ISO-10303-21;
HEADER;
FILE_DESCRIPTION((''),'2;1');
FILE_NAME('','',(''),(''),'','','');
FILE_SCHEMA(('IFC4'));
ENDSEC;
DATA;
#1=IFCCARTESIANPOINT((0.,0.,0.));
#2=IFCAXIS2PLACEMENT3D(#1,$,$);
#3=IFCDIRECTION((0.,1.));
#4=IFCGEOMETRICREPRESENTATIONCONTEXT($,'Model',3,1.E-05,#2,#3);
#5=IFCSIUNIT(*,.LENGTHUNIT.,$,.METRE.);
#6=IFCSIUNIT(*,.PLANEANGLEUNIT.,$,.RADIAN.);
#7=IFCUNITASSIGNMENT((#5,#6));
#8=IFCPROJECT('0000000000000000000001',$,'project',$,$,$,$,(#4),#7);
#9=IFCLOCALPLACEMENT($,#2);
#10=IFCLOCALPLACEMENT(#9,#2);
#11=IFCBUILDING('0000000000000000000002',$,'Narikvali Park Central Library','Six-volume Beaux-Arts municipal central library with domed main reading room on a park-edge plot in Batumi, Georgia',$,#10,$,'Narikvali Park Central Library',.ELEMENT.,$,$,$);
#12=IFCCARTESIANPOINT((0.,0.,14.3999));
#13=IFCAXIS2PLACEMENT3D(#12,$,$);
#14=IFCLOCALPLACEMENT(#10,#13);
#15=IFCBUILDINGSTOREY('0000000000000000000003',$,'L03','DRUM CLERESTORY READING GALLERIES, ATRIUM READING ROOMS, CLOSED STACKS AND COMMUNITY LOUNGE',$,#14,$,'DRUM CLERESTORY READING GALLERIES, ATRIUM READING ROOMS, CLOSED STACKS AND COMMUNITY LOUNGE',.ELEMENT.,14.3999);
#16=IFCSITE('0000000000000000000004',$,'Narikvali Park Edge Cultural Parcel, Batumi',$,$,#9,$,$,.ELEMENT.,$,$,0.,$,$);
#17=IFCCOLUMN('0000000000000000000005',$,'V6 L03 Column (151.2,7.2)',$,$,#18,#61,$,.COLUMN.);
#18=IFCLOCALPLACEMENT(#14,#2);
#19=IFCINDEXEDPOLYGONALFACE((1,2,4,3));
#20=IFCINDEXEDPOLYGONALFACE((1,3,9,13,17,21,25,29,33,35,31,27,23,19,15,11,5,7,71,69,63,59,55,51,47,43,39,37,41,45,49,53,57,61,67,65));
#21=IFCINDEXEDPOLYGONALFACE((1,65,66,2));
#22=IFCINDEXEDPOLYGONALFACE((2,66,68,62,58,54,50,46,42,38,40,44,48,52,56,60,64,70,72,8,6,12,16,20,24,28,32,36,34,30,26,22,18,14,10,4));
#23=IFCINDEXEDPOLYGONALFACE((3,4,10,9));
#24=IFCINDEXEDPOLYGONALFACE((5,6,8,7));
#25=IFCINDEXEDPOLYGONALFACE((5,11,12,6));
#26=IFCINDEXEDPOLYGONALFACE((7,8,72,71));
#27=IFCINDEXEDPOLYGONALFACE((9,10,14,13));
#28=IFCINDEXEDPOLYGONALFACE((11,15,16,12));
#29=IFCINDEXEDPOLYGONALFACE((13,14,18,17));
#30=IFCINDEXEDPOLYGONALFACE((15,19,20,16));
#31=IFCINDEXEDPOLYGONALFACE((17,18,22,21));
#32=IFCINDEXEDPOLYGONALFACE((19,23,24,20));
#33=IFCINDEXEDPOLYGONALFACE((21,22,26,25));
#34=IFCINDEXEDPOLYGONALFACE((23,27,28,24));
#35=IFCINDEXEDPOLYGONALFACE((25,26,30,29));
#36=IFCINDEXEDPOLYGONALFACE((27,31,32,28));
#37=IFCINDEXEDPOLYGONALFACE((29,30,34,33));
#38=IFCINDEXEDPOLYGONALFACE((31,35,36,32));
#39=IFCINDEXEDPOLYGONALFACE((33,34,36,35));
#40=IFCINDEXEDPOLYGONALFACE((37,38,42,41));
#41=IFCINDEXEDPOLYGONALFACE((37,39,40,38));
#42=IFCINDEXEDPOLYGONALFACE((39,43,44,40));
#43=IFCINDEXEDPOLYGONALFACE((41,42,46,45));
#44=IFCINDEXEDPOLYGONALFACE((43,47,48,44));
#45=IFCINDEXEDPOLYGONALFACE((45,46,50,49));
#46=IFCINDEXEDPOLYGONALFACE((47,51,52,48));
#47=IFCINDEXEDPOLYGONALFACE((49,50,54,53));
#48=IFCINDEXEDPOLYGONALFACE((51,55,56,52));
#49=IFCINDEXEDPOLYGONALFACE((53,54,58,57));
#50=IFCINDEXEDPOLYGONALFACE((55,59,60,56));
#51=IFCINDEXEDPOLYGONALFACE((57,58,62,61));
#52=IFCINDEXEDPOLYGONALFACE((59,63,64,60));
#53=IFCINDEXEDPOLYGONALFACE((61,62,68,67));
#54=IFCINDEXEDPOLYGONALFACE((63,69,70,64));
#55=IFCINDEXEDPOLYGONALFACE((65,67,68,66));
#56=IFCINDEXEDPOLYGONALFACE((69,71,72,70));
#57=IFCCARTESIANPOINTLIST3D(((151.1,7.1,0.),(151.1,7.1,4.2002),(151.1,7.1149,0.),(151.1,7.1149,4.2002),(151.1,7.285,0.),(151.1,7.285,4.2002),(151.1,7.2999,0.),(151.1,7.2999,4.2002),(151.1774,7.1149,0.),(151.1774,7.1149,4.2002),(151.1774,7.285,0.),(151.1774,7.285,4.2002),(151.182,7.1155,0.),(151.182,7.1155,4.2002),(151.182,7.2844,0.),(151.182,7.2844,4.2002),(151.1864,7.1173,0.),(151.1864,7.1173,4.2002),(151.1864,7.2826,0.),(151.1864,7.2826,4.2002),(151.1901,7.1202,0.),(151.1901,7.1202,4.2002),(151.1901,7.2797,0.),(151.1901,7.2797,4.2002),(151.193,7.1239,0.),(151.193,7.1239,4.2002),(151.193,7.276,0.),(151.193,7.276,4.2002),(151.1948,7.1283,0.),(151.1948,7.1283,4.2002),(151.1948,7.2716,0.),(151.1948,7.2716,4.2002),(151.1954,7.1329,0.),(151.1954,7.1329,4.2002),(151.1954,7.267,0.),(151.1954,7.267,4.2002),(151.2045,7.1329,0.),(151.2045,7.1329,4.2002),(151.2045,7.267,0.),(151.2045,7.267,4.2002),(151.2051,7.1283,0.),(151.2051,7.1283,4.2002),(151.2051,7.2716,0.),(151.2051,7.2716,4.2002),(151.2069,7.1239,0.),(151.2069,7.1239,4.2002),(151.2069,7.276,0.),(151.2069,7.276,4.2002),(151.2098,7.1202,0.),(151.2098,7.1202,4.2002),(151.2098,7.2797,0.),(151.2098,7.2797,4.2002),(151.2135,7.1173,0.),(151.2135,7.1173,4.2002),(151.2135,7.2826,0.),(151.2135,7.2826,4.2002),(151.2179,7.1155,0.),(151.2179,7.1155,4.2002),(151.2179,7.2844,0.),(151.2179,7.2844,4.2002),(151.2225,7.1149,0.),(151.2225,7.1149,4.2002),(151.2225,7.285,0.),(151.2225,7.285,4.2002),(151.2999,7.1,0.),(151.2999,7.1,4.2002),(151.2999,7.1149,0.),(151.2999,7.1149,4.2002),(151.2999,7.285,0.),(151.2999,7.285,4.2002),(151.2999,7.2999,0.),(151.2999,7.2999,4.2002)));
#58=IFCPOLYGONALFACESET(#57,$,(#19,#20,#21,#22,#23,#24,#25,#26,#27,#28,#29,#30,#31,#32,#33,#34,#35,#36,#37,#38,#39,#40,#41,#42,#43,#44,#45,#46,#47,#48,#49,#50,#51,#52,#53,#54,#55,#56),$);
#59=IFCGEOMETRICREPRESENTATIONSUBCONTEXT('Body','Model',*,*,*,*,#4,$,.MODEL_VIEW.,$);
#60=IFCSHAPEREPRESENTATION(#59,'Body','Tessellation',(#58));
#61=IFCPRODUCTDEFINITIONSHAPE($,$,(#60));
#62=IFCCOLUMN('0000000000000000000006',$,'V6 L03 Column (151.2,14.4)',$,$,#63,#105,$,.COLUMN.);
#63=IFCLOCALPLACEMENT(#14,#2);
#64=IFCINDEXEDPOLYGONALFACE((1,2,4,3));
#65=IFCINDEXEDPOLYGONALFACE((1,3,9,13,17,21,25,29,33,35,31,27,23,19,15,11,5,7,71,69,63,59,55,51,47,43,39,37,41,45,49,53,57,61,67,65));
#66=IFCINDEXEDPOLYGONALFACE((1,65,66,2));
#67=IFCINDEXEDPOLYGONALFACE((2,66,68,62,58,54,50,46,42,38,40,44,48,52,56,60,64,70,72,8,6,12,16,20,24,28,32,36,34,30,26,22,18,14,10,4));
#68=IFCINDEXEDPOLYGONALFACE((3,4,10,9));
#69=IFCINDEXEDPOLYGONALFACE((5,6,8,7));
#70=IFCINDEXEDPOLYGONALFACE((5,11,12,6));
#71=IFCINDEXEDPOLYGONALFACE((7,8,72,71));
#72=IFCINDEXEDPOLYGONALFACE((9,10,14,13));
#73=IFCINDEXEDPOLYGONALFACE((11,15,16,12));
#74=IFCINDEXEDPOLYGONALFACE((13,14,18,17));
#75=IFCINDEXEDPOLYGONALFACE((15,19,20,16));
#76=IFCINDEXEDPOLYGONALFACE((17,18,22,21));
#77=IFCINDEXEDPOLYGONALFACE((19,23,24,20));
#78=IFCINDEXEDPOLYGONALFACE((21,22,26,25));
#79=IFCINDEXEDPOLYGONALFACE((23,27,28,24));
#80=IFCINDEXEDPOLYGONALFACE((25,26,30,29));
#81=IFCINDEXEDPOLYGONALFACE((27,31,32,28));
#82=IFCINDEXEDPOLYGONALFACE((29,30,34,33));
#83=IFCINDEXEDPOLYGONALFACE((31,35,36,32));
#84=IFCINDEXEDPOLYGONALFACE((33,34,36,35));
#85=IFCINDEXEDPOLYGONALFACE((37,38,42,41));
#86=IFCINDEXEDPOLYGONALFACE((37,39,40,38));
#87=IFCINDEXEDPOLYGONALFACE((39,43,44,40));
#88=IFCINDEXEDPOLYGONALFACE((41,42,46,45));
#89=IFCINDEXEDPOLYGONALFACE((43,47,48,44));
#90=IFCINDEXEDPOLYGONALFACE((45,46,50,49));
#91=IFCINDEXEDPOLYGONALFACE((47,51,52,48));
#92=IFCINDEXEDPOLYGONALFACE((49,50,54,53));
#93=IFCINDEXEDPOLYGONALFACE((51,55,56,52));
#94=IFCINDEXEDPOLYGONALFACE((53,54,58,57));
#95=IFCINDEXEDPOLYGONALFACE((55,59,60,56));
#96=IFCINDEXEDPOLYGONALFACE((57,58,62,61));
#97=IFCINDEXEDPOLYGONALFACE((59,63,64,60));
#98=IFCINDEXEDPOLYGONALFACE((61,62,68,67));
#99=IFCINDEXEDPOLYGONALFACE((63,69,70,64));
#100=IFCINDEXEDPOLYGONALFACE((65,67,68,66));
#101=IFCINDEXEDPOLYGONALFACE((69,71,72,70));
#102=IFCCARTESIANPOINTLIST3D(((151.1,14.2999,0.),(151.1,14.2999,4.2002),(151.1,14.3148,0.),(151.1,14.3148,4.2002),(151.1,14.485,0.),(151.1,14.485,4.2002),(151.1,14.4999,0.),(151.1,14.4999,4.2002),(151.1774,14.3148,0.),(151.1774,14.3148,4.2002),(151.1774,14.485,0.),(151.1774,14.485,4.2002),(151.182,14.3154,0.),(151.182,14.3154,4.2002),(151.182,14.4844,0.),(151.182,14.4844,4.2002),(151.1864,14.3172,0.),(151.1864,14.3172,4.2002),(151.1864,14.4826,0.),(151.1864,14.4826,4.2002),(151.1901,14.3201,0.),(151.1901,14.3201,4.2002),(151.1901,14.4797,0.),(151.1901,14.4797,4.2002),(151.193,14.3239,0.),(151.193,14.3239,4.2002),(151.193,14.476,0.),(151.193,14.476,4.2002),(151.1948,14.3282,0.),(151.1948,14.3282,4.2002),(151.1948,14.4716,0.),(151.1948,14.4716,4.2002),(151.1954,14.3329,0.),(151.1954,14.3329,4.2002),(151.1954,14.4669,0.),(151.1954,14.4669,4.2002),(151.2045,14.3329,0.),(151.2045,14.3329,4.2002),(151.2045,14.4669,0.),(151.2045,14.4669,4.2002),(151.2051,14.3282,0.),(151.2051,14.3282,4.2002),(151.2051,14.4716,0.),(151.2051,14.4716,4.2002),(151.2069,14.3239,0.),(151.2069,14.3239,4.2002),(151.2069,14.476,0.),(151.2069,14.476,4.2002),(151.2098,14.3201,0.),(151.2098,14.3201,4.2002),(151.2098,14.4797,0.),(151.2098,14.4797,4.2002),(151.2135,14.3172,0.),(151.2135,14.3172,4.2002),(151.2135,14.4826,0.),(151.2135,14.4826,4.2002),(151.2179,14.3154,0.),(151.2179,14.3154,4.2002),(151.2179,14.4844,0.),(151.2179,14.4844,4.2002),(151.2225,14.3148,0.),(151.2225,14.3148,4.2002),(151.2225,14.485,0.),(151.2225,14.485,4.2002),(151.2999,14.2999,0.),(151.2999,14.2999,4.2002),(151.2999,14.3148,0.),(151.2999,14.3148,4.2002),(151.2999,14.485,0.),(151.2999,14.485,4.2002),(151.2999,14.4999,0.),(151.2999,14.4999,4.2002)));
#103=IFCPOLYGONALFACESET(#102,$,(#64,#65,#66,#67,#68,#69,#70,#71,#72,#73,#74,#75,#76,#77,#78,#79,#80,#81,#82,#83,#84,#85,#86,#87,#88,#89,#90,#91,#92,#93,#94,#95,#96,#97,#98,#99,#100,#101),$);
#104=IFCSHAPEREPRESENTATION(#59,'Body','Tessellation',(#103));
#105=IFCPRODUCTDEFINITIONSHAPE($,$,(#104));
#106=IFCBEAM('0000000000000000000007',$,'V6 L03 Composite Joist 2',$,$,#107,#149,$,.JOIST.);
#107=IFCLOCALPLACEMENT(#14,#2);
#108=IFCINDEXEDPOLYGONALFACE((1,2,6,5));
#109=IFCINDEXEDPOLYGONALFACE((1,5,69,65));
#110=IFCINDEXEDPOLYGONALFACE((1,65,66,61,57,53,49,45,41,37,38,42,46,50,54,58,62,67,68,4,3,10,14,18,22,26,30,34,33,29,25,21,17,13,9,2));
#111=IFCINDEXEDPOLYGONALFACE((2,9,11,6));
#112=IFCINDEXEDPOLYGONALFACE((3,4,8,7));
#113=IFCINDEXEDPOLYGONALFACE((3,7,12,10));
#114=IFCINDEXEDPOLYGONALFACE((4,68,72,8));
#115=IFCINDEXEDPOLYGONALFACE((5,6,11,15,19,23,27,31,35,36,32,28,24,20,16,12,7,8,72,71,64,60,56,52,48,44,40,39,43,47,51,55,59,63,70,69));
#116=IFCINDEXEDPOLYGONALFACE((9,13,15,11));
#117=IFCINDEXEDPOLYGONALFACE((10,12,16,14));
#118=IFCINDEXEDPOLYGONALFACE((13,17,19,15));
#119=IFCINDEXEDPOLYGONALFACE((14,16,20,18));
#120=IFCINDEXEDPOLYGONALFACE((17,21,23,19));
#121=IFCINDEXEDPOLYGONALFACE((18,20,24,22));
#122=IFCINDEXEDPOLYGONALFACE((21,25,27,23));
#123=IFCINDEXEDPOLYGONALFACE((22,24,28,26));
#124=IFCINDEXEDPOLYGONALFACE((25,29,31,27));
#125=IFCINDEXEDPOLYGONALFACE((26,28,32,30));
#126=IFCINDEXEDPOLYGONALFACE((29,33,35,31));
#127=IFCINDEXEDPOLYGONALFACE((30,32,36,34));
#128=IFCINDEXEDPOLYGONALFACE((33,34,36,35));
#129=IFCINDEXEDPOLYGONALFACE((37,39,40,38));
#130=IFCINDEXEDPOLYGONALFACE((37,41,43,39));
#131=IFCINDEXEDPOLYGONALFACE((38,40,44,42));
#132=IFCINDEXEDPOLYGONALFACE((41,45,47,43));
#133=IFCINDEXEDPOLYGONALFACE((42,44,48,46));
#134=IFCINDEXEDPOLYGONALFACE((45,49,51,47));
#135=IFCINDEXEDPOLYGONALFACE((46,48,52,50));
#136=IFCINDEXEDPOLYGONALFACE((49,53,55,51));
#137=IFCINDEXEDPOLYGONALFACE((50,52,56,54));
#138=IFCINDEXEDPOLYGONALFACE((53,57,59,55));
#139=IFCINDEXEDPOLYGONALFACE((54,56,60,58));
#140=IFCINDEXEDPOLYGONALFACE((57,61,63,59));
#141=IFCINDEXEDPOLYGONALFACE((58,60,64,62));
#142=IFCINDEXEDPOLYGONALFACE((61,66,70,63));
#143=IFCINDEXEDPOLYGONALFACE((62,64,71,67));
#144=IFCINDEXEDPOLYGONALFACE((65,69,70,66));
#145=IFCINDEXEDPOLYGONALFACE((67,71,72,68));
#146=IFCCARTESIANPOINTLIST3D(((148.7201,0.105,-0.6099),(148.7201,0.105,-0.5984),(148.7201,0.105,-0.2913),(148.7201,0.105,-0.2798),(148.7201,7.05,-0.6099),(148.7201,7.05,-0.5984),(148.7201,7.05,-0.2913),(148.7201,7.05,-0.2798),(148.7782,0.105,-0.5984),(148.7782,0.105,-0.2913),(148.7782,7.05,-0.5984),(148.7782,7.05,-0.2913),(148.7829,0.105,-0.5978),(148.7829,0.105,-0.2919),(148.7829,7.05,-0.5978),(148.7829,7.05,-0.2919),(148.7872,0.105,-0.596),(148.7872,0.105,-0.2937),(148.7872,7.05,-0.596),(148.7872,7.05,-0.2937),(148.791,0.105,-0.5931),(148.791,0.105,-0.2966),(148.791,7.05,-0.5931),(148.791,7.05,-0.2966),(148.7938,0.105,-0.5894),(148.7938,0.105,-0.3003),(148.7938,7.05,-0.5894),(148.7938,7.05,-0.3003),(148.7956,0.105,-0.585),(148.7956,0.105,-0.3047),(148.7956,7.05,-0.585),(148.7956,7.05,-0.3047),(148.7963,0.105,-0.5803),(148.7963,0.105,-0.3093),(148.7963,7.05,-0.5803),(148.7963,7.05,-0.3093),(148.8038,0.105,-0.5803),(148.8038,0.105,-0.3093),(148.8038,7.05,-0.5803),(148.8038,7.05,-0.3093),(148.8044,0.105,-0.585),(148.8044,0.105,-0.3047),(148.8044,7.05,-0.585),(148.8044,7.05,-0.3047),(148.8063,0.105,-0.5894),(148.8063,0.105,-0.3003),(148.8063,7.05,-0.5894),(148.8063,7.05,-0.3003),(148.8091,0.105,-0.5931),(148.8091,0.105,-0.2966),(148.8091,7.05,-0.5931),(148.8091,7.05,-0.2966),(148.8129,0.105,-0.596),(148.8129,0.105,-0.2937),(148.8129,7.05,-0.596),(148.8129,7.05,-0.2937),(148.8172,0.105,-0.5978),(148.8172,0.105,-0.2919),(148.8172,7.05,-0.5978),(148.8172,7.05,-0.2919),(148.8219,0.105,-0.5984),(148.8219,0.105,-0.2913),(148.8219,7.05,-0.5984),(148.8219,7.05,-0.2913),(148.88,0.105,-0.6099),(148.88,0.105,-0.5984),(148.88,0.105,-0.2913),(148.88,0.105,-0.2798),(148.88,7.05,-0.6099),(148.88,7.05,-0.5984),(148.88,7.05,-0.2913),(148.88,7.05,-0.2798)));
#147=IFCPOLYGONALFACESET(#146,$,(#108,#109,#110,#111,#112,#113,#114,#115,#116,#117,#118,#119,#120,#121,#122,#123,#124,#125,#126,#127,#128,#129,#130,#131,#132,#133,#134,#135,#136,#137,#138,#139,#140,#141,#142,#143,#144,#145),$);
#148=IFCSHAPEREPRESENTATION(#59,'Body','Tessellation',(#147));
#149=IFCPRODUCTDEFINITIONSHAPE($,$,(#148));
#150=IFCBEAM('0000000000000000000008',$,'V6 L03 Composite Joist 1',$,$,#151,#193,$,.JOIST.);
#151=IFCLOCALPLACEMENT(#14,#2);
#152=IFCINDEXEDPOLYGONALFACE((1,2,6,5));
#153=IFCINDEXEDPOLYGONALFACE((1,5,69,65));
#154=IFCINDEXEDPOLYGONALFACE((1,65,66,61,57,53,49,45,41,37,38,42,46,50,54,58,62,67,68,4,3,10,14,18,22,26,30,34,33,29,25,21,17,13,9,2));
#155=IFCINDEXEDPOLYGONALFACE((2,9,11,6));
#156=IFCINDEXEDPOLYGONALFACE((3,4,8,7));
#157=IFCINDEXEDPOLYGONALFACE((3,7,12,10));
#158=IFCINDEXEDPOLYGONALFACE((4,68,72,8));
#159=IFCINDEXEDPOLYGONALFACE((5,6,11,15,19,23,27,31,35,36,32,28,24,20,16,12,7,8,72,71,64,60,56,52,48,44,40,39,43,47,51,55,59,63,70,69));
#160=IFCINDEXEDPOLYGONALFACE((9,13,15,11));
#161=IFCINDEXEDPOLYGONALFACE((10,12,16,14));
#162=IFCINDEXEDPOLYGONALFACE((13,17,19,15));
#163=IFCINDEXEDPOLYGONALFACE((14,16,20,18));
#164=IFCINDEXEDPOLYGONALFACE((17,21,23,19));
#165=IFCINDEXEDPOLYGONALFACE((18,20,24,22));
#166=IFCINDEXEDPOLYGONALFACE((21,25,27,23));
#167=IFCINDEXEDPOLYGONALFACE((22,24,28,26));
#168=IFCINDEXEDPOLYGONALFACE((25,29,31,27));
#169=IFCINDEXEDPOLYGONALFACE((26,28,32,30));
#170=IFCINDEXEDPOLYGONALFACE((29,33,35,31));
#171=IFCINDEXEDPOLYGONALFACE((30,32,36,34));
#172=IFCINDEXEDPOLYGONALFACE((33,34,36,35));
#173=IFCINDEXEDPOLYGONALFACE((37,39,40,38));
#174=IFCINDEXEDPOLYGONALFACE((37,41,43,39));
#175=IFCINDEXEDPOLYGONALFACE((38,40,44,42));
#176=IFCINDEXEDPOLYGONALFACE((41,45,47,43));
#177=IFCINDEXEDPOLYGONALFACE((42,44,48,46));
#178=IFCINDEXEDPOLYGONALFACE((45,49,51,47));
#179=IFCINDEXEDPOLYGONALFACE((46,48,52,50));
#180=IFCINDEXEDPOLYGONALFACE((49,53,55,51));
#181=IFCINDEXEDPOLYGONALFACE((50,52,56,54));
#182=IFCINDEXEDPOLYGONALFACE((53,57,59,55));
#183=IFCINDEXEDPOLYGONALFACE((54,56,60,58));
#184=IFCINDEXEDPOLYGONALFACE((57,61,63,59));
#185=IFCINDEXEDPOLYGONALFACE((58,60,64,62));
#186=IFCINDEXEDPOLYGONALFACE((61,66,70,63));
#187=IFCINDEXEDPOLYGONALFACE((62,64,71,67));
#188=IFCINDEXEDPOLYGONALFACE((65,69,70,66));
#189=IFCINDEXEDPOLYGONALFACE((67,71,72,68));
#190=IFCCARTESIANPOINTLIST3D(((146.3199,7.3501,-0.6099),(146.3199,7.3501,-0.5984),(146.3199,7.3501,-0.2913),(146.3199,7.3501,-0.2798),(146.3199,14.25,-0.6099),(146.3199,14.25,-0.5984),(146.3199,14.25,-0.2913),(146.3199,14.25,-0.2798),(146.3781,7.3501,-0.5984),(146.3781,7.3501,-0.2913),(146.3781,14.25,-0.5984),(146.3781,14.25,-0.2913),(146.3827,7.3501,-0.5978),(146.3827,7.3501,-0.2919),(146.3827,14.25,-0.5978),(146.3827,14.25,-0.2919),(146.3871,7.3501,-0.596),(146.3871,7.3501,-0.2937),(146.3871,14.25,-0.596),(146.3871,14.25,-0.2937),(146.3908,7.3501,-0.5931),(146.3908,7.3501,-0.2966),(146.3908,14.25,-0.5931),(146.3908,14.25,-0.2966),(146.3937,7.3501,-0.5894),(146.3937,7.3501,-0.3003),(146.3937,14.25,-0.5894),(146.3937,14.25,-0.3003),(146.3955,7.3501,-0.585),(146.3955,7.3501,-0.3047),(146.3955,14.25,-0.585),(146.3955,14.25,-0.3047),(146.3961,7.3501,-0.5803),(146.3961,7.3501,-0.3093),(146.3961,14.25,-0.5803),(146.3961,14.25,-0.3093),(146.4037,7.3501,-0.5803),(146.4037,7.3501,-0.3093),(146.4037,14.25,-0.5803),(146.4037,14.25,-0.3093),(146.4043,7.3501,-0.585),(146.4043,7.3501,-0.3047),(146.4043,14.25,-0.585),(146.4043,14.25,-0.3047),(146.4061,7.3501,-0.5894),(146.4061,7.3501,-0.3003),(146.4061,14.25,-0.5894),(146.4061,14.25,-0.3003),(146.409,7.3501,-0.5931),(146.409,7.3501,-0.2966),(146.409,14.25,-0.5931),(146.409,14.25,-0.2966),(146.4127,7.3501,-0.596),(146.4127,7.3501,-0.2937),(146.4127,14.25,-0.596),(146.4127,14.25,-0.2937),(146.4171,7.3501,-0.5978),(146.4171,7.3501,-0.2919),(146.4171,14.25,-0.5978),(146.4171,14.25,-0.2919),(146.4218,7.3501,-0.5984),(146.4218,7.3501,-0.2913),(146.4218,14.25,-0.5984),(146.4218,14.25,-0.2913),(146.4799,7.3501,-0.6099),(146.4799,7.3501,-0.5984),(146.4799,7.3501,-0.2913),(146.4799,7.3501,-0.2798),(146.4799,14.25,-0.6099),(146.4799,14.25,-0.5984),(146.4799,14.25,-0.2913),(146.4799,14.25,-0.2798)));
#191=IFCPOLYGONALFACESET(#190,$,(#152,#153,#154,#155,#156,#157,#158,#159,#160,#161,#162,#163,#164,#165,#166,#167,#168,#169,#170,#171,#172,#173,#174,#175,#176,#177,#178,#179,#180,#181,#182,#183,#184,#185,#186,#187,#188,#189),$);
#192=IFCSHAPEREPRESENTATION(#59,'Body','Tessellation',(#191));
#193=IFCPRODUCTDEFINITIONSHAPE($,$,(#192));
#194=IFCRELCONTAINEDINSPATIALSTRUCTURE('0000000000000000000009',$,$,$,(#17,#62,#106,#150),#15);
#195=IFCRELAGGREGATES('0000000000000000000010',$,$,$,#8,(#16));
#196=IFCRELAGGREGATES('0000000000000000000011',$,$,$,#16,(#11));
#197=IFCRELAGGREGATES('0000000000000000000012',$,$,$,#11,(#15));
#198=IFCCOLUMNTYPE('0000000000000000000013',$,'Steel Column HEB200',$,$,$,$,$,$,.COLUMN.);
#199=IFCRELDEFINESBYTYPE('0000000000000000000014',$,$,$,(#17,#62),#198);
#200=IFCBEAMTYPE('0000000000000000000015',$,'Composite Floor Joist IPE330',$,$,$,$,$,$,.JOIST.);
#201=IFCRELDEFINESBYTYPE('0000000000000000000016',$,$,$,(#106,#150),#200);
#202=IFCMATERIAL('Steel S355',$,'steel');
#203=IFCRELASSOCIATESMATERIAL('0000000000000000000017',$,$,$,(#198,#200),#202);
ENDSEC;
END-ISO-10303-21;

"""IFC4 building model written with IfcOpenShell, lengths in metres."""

from ifc_helpers import new_model, si_unit, direction, frame, origin, origin_2d, place, context, subcontext, project, spatial, i_section, extrude, material, material_profile, profile_set, type_object, element, save


model = new_model("IFC4")

# Units and contexts
model_context = context("Model", 3, precision=1e-05, world=origin(), true_north=direction((0.0, 1.0)))
body_context = subcontext(model_context, "Body", "Model", "MODEL_VIEW")
ifc_project = project(units=[si_unit("LENGTHUNIT", "METRE"), si_unit("PLANEANGLEUNIT", "RADIAN")], contexts=[model_context])

# Site, building, storey
site_placement = place(None, origin())
site = spatial("IfcSite", under=ifc_project, at=site_placement, Name="Narikvali Park Edge Cultural Parcel, Batumi", CompositionType="ELEMENT", RefElevation=0.0)
building_placement = place(site_placement, origin())
building = spatial("IfcBuilding", under=site, at=building_placement, Name="Narikvali Park Central Library", Description="Six-volume Beaux-Arts municipal central library with domed main reading room on a park-edge plot in Batumi, Georgia", LongName="Narikvali Park Central Library", CompositionType="ELEMENT")
storey_placement = place(building_placement, frame((0.0, 0.0, 14.3999)))
storey = spatial("IfcBuildingStorey", under=building, at=storey_placement, Name="L03", Description="DRUM CLERESTORY READING GALLERIES, ATRIUM READING ROOMS, CLOSED STACKS AND COMMUNITY LOUNGE", LongName="DRUM CLERESTORY READING GALLERIES, ATRIUM READING ROOMS, CLOSED STACKS AND COMMUNITY LOUNGE", CompositionType="ELEMENT", Elevation=14.3999)

# Columns
ifc_material_1 = material(Name="Steel S355", Category="steel")
ifc_material_profile_1 = material_profile(ifc_material_1, i_section(OverallWidth=0.2, OverallDepth=0.2, WebThickness=0.009, FlangeThickness=0.0149, FilletRadius=0.0181, at=origin_2d()), Name="HEB 200")
ifc_profile_set_1 = profile_set([ifc_material_profile_1], Name="Steel S355")
column_type = type_object("IfcColumnType", Name="Steel Column HEB200", PredefinedType="COLUMN", material=ifc_profile_set_1)
for number, where, z_axis, x_axis, name in (
    (1, (151.2, 7.2, 0.0), (0.0, 0.0, 1.0), (1.0, 0.0, 0.0), "V6 L03 Column (151.2,7.2)"),
    (2, (151.2, 14.3999, 0.0), (0.0, 0.0, 1.0), (1.0, 0.0, 0.0), "V6 L03 Column (151.2,14.4)"),
):
    element("IfcColumn", number, at=place(storey_placement, frame(where, z_axis=z_axis, x_axis=x_axis)), inside=storey, type_object=column_type, Name=name, PredefinedType="COLUMN", context=body_context, shape_type="SweptSolid", body=[
        extrude(i_section(OverallWidth=0.2, OverallDepth=0.2, WebThickness=0.009, FlangeThickness=0.0149, FilletRadius=0.0181, at=origin_2d()), origin(), (0.0, 0.0, 1.0), 4.2002),
    ])

# Beams
ifc_material_profile_2 = material_profile(ifc_material_1, i_section(OverallWidth=0.1599, OverallDepth=0.3301, WebThickness=0.0076, FlangeThickness=0.0115, FilletRadius=0.0181, at=origin_2d()), Name="IPE 330")
ifc_profile_set_2 = profile_set([ifc_material_profile_2], Name="Steel S355")
beam_type_1 = type_object("IfcBeamType", Name="Composite Floor Joist IPE330", PredefinedType="JOIST", material=ifc_profile_set_2)
beam_1_placement = place(storey_placement, frame((148.8, 0.105, -0.4448), z_axis=(0.0, 1.0, 0.0), x_axis=(-1.0, 0.0, 0.0)))
element("IfcBeam", 3, at=beam_1_placement, inside=storey, type_object=beam_type_1, Name="V6 L03 Composite Joist 2", PredefinedType="JOIST", context=body_context, shape_type="SweptSolid", body=[
    extrude(i_section(OverallWidth=0.1599, OverallDepth=0.3301, WebThickness=0.0076, FlangeThickness=0.0115, FilletRadius=0.0181, at=origin_2d()), origin(), (0.0, 0.0, 1.0), 6.9451),
])
for number, where, z_axis, x_axis, name in (
    (4, (146.3999, 7.3501, -0.4448), (0.0, 1.0, 0.0), (-1.0, 0.0, 0.0), "V6 L03 Composite Joist 1"),
):
    element("IfcBeam", number, at=place(storey_placement, frame(where, z_axis=z_axis, x_axis=x_axis)), inside=storey, type_object=beam_type_1, Name=name, PredefinedType="JOIST", context=body_context, shape_type="SweptSolid", body=[
        extrude(i_section(OverallWidth=0.1599, OverallDepth=0.3301, WebThickness=0.0076, FlangeThickness=0.0115, FilletRadius=0.0181, at=origin_2d()), origin(), (0.0, 0.0, 1.0), 6.8999),
    ])

save(model, "model.ifc")
